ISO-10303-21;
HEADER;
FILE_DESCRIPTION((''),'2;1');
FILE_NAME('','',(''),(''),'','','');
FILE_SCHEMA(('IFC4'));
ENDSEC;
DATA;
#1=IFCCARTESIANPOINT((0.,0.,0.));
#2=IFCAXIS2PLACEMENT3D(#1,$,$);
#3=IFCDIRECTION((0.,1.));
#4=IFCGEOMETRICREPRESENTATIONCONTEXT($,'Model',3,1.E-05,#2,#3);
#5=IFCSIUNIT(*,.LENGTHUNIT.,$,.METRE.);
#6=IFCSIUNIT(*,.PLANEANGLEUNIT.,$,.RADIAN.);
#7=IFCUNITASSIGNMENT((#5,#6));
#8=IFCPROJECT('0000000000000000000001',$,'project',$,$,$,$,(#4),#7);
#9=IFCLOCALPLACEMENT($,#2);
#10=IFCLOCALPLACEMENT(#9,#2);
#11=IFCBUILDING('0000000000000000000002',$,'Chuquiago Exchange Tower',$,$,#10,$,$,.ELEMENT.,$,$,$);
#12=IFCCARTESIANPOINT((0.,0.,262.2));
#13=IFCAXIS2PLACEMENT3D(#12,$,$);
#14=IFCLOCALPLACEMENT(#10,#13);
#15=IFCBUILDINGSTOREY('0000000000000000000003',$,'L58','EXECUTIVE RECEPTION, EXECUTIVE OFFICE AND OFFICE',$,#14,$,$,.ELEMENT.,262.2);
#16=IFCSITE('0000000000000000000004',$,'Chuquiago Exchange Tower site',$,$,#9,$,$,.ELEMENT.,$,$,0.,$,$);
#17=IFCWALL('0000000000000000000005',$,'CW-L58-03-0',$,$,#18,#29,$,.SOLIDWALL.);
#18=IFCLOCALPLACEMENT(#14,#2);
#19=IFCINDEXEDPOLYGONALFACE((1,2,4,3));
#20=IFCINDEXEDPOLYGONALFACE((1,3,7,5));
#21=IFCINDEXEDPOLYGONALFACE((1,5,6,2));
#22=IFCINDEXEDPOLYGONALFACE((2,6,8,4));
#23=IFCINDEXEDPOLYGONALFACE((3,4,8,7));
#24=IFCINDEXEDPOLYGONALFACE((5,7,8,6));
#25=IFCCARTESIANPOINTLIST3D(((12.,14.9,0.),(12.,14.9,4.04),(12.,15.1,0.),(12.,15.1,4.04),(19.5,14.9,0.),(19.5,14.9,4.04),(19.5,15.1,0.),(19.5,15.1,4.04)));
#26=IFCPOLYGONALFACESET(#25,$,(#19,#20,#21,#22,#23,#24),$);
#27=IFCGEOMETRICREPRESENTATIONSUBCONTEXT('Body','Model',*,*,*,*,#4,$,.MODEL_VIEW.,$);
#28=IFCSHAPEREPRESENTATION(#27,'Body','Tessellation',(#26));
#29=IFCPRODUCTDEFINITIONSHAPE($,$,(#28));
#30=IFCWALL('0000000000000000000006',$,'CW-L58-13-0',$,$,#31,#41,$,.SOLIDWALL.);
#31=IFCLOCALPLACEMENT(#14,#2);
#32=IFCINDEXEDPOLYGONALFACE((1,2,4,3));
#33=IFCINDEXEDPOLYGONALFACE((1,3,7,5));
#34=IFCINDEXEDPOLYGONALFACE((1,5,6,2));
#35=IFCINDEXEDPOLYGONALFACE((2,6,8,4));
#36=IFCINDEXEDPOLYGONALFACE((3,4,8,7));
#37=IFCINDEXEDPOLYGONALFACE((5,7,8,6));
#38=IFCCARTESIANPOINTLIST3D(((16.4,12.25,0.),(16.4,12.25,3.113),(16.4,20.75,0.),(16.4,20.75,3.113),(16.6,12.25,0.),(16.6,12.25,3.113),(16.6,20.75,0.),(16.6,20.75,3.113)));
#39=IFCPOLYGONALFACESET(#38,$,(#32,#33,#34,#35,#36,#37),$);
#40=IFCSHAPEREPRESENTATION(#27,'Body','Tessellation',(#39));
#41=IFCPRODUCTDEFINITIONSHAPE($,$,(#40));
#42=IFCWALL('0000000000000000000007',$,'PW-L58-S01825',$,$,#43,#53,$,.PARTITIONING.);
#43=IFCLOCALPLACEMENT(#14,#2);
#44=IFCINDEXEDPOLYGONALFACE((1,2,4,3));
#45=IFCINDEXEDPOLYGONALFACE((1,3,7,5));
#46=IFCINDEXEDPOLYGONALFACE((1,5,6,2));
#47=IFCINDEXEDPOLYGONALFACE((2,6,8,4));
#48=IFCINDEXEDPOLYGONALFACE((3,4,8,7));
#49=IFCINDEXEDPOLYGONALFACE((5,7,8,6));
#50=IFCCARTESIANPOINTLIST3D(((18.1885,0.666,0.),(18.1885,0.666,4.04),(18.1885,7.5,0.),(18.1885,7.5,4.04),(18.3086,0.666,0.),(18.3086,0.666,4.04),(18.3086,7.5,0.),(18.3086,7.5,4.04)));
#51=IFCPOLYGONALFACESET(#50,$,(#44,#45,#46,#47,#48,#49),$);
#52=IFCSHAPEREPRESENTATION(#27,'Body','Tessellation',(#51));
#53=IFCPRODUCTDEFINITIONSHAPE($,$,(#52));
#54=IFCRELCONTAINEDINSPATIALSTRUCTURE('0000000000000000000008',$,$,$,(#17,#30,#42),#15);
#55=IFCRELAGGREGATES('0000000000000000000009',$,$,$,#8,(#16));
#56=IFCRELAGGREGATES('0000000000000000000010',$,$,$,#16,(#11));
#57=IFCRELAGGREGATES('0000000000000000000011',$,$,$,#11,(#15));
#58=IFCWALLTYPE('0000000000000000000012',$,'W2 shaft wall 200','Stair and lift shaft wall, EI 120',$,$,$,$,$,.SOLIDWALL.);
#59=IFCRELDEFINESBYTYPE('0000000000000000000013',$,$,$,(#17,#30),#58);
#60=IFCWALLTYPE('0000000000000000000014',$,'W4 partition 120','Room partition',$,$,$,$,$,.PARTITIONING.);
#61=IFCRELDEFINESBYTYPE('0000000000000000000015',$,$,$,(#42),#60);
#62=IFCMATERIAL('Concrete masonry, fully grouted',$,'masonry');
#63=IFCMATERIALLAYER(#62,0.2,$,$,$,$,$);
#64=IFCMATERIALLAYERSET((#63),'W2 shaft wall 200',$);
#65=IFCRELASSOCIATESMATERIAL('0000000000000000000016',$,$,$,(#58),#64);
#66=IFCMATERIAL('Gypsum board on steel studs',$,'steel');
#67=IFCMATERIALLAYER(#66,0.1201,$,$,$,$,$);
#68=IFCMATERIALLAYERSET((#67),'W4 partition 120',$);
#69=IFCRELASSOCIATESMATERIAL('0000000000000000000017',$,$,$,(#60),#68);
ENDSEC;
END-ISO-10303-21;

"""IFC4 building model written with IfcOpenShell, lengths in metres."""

from ifc_helpers import new_model, si_unit, direction, frame, frame_2d, origin, place, context, subcontext, project, spatial, rectangle, extrude, material, layer, layer_set, type_object, element, save


model = new_model("IFC4")

# Units and contexts
model_context = context("Model", 3, precision=1e-05, world=origin(), true_north=direction((0.0, 1.0)))
body_context = subcontext(model_context, "Body", "Model", "MODEL_VIEW")
ifc_project = project(units=[si_unit("LENGTHUNIT", "METRE"), si_unit("PLANEANGLEUNIT", "RADIAN")], contexts=[model_context])

# Site, building, storey
site_placement = place(None, origin())
site = spatial("IfcSite", under=ifc_project, at=site_placement, Name="Chuquiago Exchange Tower site", CompositionType="ELEMENT", RefElevation=0.0)
building_placement = place(site_placement, origin())
building = spatial("IfcBuilding", under=site, at=building_placement, Name="Chuquiago Exchange Tower", CompositionType="ELEMENT")
storey_placement = place(building_placement, frame((0.0, 0.0, 262.2)))
storey = spatial("IfcBuildingStorey", under=building, at=storey_placement, Name="L58", Description="EXECUTIVE RECEPTION, EXECUTIVE OFFICE AND OFFICE", CompositionType="ELEMENT", Elevation=262.2)

# Walls
ifc_material_1 = material(Name="Concrete masonry, fully grouted", Category="masonry")
ifc_layer_1 = layer(ifc_material_1, 0.2)
ifc_layer_set_1 = layer_set([ifc_layer_1], Name="W2 shaft wall 200")
wall_type_1 = type_object("IfcWallType", Name="W2 shaft wall 200", Description="Stair and lift shaft wall, EI 120", PredefinedType="SOLIDWALL", material=ifc_layer_set_1)
wall_1_placement = place(storey_placement, frame((12.0, 15.0, 0.0), z_axis=(0.0, 0.0, 1.0), x_axis=(1.0, 0.0, 0.0)))
element("IfcWall", 1, at=wall_1_placement, inside=storey, type_object=wall_type_1, Name="CW-L58-03-0", PredefinedType="SOLIDWALL", context=body_context, shape_type="SweptSolid", body=[
    extrude(rectangle(XDim=7.5, YDim=0.2, at=frame_2d((3.75, 0.0))), origin(), (0.0, 0.0, 1.0), 4.04),
])
wall_2_placement = place(storey_placement, frame((16.5, 12.25, 0.0), z_axis=(0.0, 0.0, 1.0), x_axis=(0.0, 1.0, 0.0)))
element("IfcWall", 2, at=wall_2_placement, inside=storey, type_object=wall_type_1, Name="CW-L58-13-0", PredefinedType="SOLIDWALL", context=body_context, shape_type="SweptSolid", body=[
    extrude(rectangle(XDim=8.5, YDim=0.2, at=frame_2d((4.25, 0.0))), origin(), (0.0, 0.0, 1.0), 3.113),
])
ifc_material_2 = material(Name="Gypsum board on steel studs", Category="steel")
ifc_layer_2 = layer(ifc_material_2, 0.1201)
ifc_layer_set_2 = layer_set([ifc_layer_2], Name="W4 partition 120")
wall_type_2 = type_object("IfcWallType", Name="W4 partition 120", Description="Room partition", PredefinedType="PARTITIONING", material=ifc_layer_set_2)
wall_3_placement = place(storey_placement, frame((18.2485, 0.666, 0.0), z_axis=(0.0, 0.0, 1.0), x_axis=(0.0, 1.0, 0.0)))
element("IfcWall", 3, at=wall_3_placement, inside=storey, type_object=wall_type_2, Name="PW-L58-S01825", PredefinedType="PARTITIONING", context=body_context, shape_type="SweptSolid", body=[
    extrude(rectangle(XDim=6.834, YDim=0.1201, at=frame_2d((3.417, 0.0))), origin(), (0.0, 0.0, 1.0), 4.04),
])

save(model, "model.ifc")
